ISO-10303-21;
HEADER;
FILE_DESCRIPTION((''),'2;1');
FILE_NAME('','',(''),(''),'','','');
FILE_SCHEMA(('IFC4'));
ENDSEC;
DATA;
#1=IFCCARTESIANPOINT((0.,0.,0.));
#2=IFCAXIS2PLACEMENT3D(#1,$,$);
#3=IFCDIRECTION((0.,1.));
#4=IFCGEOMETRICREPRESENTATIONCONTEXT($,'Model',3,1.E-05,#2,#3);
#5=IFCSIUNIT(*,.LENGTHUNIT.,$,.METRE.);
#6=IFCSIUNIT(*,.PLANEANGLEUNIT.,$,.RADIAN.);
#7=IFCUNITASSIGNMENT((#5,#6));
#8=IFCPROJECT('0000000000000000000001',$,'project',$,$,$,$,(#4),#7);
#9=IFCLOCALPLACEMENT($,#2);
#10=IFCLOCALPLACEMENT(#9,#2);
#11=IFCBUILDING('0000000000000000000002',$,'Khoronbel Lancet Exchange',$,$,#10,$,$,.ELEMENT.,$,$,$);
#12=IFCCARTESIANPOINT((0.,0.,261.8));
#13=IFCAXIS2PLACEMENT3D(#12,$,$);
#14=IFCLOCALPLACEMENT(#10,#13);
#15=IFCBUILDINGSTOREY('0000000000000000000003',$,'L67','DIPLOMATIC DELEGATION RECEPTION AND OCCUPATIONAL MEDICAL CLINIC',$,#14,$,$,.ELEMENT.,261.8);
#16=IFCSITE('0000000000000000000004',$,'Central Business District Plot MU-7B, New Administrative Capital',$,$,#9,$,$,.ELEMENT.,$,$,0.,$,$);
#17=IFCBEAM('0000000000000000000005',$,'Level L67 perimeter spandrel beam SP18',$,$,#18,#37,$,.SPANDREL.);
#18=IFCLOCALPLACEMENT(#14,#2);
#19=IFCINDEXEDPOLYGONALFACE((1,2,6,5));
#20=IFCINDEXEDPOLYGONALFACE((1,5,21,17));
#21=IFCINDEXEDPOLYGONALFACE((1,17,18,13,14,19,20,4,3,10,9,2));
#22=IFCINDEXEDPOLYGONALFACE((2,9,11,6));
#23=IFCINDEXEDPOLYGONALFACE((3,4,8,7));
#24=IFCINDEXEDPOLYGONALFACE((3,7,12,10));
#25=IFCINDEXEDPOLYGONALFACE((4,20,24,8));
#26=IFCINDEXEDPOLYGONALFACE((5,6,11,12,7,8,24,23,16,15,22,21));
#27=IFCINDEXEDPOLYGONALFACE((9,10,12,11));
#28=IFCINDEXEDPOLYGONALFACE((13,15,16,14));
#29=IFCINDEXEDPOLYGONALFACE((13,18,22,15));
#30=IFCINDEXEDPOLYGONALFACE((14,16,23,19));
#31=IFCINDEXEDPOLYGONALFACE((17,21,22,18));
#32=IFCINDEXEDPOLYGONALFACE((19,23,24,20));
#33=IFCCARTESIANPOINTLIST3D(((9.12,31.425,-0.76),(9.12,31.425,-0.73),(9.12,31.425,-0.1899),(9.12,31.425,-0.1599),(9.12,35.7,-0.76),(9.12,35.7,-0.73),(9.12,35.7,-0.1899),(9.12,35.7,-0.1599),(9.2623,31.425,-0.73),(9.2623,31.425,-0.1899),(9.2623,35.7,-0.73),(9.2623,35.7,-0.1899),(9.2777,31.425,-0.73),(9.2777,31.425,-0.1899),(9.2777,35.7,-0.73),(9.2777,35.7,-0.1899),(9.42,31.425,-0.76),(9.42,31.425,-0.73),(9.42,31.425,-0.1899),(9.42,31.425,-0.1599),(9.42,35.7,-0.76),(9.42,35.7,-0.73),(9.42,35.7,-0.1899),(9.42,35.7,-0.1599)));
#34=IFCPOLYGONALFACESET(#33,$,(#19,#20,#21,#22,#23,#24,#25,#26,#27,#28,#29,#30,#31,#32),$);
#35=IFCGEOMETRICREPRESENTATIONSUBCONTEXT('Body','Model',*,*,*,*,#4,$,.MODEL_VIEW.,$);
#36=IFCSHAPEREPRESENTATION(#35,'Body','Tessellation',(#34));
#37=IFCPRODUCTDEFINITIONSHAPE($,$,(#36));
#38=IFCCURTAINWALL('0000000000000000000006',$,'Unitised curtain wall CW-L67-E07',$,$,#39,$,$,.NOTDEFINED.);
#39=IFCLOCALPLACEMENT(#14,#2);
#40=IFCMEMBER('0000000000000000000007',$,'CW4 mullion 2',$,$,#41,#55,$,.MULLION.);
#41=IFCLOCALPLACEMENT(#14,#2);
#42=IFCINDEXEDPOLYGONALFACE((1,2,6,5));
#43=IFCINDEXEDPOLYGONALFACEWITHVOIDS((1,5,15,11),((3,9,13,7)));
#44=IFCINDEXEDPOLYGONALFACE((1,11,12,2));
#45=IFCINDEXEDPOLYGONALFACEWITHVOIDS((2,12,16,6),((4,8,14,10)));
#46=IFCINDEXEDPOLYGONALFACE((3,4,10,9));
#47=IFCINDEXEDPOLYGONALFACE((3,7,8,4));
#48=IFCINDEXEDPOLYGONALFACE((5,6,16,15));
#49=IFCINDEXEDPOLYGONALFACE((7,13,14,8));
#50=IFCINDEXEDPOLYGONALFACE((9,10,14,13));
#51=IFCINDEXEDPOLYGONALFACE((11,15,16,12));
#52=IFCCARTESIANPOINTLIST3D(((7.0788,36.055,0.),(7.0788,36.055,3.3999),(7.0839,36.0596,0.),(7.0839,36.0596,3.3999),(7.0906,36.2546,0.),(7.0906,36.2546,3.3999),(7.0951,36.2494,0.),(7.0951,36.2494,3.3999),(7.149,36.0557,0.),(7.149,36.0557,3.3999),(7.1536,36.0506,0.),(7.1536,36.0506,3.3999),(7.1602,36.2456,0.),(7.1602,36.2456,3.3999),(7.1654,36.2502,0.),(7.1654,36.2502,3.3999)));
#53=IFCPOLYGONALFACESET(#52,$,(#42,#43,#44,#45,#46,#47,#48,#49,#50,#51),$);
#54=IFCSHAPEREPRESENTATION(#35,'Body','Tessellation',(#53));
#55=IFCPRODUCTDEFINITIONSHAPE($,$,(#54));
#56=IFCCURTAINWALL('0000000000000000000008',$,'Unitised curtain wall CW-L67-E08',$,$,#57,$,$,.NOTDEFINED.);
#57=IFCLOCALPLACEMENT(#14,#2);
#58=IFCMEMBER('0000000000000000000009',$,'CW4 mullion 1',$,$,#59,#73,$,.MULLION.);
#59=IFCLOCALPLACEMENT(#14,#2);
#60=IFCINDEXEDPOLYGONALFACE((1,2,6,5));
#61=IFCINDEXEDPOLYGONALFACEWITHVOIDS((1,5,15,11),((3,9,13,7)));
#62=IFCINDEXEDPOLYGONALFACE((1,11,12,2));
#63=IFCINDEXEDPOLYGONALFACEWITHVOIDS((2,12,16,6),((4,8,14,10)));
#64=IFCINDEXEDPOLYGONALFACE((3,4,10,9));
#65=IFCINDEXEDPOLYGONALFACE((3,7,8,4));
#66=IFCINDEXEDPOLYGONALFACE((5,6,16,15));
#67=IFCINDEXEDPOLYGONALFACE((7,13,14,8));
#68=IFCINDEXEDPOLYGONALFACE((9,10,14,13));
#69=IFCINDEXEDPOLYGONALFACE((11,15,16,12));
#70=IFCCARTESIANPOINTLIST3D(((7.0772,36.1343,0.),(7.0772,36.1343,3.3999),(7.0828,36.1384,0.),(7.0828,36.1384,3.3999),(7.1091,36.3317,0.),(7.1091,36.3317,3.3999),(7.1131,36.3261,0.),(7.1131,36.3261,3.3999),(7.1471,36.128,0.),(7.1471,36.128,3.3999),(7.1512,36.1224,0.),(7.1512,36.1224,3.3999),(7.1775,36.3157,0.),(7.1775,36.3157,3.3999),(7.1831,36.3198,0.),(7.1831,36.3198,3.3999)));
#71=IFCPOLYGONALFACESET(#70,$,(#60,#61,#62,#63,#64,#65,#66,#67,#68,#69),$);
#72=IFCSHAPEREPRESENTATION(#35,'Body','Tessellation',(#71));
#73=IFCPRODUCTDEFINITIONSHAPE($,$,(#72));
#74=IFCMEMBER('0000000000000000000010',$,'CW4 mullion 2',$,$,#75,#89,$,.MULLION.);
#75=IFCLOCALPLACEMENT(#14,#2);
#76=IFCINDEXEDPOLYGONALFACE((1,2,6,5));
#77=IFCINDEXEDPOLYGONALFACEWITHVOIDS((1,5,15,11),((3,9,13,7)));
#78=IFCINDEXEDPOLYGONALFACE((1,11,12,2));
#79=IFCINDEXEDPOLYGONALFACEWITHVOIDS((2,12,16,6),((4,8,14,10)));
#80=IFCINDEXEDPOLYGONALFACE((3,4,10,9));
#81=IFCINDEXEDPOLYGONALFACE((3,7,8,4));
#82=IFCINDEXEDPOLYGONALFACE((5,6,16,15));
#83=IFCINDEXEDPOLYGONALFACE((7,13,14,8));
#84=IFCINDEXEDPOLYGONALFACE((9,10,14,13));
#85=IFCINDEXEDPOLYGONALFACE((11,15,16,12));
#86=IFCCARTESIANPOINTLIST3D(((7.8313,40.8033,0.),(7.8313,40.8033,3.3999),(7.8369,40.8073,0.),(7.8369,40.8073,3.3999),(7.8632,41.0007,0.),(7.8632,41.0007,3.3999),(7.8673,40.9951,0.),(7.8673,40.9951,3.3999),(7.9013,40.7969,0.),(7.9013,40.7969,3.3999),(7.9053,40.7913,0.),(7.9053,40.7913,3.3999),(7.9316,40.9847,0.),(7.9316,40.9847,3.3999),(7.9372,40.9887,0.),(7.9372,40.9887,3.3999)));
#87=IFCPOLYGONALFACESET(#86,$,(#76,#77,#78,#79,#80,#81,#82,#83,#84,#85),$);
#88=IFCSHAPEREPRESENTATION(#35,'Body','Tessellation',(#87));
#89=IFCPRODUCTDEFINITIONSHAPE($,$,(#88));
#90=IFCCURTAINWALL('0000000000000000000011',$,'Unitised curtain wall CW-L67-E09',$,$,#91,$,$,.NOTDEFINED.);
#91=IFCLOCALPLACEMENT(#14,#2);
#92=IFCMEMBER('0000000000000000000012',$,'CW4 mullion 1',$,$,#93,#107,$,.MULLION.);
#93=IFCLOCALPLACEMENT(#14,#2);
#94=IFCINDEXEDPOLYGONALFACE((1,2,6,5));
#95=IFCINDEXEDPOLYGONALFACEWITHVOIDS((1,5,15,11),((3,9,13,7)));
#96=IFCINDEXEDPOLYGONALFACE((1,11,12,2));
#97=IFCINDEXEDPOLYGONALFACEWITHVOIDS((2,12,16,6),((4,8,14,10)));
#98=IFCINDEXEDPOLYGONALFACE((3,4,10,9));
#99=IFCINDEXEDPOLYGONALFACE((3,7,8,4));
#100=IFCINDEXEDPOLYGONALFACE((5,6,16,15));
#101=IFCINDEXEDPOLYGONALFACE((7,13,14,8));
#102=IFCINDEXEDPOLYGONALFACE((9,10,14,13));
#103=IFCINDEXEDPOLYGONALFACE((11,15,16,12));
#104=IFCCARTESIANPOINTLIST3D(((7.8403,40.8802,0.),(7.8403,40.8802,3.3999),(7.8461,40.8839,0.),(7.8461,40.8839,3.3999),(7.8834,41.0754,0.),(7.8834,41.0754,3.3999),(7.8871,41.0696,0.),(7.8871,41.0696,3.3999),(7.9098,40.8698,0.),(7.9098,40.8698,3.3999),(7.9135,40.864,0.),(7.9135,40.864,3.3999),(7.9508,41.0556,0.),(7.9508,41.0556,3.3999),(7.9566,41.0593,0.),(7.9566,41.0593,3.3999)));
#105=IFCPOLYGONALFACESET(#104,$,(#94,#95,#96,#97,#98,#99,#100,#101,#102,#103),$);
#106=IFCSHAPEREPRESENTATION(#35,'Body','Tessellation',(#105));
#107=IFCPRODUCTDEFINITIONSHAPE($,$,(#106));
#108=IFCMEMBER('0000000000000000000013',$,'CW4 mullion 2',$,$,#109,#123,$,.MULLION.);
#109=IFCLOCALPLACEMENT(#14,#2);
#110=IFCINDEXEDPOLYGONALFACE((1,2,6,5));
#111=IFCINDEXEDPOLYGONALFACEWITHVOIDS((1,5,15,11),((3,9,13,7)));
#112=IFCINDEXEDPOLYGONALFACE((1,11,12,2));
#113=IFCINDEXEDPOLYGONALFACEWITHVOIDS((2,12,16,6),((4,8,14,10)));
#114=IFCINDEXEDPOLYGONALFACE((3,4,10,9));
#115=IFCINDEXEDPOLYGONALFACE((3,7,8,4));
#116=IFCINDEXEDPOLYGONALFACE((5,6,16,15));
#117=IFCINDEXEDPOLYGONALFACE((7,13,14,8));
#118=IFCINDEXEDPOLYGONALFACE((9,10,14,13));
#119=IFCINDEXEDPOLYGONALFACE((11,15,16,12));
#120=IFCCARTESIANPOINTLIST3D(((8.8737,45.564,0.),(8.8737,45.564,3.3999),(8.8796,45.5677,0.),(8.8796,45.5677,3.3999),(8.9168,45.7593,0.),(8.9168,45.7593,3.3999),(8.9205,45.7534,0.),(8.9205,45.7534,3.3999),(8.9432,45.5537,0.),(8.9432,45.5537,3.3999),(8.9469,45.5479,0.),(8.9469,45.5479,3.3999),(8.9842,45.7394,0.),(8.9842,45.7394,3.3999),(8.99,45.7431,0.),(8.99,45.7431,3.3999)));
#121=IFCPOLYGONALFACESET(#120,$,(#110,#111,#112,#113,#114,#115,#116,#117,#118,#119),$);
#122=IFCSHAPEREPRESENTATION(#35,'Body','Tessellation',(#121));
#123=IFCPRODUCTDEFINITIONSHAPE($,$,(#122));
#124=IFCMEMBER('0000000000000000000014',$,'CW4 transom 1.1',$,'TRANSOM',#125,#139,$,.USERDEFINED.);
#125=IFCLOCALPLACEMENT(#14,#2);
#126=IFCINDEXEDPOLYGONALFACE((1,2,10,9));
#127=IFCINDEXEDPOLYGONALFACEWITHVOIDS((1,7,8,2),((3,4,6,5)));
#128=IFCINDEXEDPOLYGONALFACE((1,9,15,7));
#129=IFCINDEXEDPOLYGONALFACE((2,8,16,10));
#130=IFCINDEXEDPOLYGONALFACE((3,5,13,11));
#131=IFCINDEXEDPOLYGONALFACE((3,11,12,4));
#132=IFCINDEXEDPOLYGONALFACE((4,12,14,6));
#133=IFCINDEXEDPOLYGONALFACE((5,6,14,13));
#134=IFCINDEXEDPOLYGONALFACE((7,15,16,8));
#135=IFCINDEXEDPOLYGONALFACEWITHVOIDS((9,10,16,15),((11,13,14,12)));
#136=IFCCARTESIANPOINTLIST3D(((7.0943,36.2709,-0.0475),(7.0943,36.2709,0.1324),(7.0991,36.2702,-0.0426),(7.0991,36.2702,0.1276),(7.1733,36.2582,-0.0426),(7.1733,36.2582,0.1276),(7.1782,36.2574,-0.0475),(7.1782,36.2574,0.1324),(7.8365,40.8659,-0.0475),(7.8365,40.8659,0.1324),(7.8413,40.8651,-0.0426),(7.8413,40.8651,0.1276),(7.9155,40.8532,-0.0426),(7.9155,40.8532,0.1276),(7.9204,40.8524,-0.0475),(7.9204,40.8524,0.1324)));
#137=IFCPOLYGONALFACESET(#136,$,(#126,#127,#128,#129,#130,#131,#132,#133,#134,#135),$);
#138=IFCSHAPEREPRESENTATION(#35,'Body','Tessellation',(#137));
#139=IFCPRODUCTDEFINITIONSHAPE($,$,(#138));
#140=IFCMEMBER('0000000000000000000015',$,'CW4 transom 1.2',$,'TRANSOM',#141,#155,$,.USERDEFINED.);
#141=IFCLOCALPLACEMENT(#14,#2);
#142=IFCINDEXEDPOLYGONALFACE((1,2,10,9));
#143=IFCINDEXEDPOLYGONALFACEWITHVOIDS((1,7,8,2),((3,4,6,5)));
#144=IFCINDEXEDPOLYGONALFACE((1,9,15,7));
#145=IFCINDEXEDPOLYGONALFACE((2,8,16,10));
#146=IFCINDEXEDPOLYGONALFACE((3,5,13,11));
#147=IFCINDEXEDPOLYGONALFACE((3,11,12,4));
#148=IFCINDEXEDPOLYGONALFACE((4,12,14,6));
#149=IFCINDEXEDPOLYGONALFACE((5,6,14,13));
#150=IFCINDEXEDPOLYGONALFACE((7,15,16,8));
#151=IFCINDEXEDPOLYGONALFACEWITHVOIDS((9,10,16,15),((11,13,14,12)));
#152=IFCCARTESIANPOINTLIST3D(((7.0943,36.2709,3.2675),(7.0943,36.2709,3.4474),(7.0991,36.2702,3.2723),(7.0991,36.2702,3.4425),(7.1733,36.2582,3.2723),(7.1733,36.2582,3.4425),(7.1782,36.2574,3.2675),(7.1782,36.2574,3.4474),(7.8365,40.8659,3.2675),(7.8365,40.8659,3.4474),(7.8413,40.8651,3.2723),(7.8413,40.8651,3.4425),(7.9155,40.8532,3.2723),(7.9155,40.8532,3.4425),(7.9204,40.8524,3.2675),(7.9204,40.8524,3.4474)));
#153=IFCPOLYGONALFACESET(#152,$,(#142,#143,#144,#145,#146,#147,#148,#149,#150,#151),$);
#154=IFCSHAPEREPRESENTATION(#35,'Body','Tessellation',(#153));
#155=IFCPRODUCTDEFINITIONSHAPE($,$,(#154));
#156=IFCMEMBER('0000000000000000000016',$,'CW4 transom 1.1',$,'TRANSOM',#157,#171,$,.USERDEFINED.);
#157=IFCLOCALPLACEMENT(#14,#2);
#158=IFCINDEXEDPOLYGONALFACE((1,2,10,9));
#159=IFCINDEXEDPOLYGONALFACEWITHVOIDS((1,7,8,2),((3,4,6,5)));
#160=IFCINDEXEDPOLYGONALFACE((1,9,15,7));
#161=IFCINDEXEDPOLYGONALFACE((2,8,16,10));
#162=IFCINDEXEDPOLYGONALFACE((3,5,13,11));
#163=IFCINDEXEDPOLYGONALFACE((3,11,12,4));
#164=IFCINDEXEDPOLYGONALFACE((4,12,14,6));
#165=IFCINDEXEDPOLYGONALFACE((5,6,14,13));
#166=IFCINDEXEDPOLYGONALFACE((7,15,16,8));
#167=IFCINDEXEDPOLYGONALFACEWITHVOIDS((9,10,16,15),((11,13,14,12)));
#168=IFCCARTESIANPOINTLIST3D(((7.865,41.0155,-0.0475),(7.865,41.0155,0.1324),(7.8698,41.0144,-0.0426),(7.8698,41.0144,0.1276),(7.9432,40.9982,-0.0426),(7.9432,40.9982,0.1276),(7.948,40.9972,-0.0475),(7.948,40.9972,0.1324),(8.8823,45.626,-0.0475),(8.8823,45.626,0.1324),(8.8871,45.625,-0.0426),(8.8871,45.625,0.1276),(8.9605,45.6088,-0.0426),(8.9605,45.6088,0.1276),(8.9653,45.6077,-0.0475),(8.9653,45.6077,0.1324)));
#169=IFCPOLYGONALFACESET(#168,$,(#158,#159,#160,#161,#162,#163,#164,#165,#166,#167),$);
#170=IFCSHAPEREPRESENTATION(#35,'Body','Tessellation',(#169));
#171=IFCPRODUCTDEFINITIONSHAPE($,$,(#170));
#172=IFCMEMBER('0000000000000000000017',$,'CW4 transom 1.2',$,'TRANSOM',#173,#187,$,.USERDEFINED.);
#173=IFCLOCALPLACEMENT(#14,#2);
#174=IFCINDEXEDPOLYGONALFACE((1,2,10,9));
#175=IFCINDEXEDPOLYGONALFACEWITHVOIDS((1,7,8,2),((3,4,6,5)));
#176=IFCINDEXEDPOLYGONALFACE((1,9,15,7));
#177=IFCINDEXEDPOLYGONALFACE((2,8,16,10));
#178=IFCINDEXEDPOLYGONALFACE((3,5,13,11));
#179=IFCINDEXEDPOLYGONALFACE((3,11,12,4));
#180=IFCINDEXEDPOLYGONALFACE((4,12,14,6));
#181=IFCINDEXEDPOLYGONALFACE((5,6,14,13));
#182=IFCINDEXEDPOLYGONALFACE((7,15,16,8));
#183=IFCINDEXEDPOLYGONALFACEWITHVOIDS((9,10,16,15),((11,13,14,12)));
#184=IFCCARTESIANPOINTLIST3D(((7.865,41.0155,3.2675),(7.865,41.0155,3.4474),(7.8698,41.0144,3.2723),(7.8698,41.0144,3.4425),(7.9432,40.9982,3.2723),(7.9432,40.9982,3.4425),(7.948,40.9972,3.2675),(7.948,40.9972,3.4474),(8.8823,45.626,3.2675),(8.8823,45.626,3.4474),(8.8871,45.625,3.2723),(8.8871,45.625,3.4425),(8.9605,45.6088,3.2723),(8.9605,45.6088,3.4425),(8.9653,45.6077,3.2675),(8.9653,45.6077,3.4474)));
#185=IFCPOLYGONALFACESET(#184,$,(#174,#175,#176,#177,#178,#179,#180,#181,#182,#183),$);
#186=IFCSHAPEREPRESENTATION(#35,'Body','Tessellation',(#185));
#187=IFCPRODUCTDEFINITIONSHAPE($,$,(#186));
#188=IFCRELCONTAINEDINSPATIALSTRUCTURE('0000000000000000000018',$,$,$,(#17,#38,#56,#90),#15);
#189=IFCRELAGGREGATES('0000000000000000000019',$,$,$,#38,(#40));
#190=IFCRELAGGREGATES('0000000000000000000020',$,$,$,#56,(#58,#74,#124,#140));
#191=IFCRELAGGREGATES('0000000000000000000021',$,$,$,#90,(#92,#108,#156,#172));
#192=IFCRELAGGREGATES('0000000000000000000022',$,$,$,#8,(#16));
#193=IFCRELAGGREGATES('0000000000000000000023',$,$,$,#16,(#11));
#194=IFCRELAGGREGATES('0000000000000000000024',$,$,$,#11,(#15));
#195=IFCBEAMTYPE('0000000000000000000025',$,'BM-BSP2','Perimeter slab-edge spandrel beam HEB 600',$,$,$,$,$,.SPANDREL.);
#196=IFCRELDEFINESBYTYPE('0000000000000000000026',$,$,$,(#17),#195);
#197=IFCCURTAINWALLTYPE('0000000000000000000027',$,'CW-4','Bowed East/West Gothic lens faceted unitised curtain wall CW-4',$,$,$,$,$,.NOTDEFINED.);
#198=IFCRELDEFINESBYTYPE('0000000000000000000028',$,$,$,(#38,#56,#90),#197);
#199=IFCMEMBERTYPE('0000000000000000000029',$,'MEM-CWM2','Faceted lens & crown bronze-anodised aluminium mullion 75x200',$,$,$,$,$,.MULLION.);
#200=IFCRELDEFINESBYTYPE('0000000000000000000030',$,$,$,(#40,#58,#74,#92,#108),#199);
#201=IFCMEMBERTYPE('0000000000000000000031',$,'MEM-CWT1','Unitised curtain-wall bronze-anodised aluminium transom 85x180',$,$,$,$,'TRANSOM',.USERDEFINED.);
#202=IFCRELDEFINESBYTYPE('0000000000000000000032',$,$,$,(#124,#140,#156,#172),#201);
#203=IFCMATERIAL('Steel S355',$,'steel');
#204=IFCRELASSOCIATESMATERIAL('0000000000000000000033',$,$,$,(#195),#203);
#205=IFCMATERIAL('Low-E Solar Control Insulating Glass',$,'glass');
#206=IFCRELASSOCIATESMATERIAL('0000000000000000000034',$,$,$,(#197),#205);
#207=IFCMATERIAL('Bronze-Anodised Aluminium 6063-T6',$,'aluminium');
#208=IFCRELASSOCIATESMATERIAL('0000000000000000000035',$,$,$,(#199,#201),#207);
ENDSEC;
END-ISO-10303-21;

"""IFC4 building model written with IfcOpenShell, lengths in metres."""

from ifc_helpers import new_model, si_unit, direction, frame, origin, origin_2d, place, context, subcontext, project, spatial, hollow_rectangle, i_section, extrude, material, material_profile, profile_set, type_object, element, aggregate, save


model = new_model("IFC4")

# Units and contexts
model_context = context("Model", 3, precision=1e-05, world=origin(), true_north=direction((0.0, 1.0)))
body_context = subcontext(model_context, "Body", "Model", "MODEL_VIEW")
ifc_project = project(units=[si_unit("LENGTHUNIT", "METRE"), si_unit("PLANEANGLEUNIT", "RADIAN")], contexts=[model_context])

# Site, building, storey
site_placement = place(None, origin())
site = spatial("IfcSite", under=ifc_project, at=site_placement, Name="Central Business District Plot MU-7B, New Administrative Capital", CompositionType="ELEMENT", RefElevation=0.0)
building_placement = place(site_placement, origin())
building = spatial("IfcBuilding", under=site, at=building_placement, Name="Khoronbel Lancet Exchange", CompositionType="ELEMENT")
storey_placement = place(building_placement, frame((0.0, 0.0, 261.8)))
storey = spatial("IfcBuildingStorey", under=building, at=storey_placement, Name="L67", Description="DIPLOMATIC DELEGATION RECEPTION AND OCCUPATIONAL MEDICAL CLINIC", CompositionType="ELEMENT", Elevation=261.8)

# Shared definitions
ifc_material_1 = material(Name="Steel S355", Category="steel")

# Beam
ifc_material_profile_1 = material_profile(ifc_material_1, i_section(OverallWidth=0.3, OverallDepth=0.6001, WebThickness=0.0154, FlangeThickness=0.03, at=origin_2d()), Name="HEB 600")
ifc_profile_set_1 = profile_set([ifc_material_profile_1], Name="Steel S355")
beam_type_1 = type_object("IfcBeamType", Name="BM-BSP2", Description="Perimeter slab-edge spandrel beam HEB 600", PredefinedType="SPANDREL", material=ifc_profile_set_1)
beam_1_placement = place(storey_placement, frame((9.27, 35.7, -0.46), z_axis=(0.0, -1.0, 0.0), x_axis=(1.0, 0.0, 0.0)))
element("IfcBeam", 1, at=beam_1_placement, inside=storey, type_object=beam_type_1, Name="Level L67 perimeter spandrel beam SP18", PredefinedType="SPANDREL", context=body_context, shape_type="SweptSolid", body=[
    extrude(i_section(OverallWidth=0.3, OverallDepth=0.6001, WebThickness=0.0154, FlangeThickness=0.03, at=origin_2d()), origin(), (0.0, 0.0, 1.0), 4.2749),
])

# Curtain wall, member
ifc_material_2 = material(Name="Low-E Solar Control Insulating Glass", Category="glass")
curtain_wall_type = type_object("IfcCurtainWallType", Name="CW-4", Description="Bowed East/West Gothic lens faceted unitised curtain wall CW-4", PredefinedType="NOTDEFINED", material=ifc_material_2)
curtain_wall_1_placement = place(storey_placement, origin())
curtain_wall_1 = element("IfcCurtainWall", 2, at=curtain_wall_1_placement, inside=storey, type_object=curtain_wall_type, Name="Unitised curtain wall CW-L67-E07", PredefinedType="NOTDEFINED")
ifc_material_3 = material(Name="Bronze-Anodised Aluminium 6063-T6", Category="aluminium")
ifc_material_profile_2 = material_profile(ifc_material_3, hollow_rectangle(XDim=0.075, YDim=0.2, WallThickness=0.0049, at=origin_2d()), Name="ALU MULLION 75x200")
ifc_profile_set_2 = profile_set([ifc_material_profile_2], Name="Bronze-Anodised Aluminium 6063-T6")
member_type_1 = type_object("IfcMemberType", Name="MEM-CWM2", Description="Faceted lens & crown bronze-anodised aluminium mullion 75x200", PredefinedType="MULLION", material=ifc_profile_set_2)
member_1_placement = place(storey_placement, frame((7.1221, 36.1526, 0.0), z_axis=(0.0, 0.0, 1.0), x_axis=(-0.998257, 0.05901, 0.0)))
member_1 = element("IfcMember", 3, at=member_1_placement, type_object=member_type_1, Name="CW4 mullion 2", PredefinedType="MULLION", context=body_context, shape_type="SweptSolid", body=[
    extrude(hollow_rectangle(XDim=0.075, YDim=0.2, WallThickness=0.0049, at=origin_2d()), origin(), (0.0, 0.0, 1.0), 3.3999),
])
aggregate(curtain_wall_1, [member_1])

# Curtain walls, members
curtain_wall_2_placement = place(storey_placement, origin())
curtain_wall_2 = element("IfcCurtainWall", 4, at=curtain_wall_2_placement, inside=storey, type_object=curtain_wall_type, Name="Unitised curtain wall CW-L67-E08", PredefinedType="NOTDEFINED")
member_2_placement = place(storey_placement, frame((7.1301, 36.2271, 0.0), z_axis=(0.0, 0.0, 1.0), x_axis=(-0.987205, 0.159456, 0.0)))
member_2 = element("IfcMember", 5, at=member_2_placement, type_object=member_type_1, Name="CW4 mullion 1", PredefinedType="MULLION", context=body_context, shape_type="SweptSolid", body=[
    extrude(hollow_rectangle(XDim=0.075, YDim=0.2, WallThickness=0.0049, at=origin_2d()), origin(), (0.0, 0.0, 1.0), 3.3999),
])
member_3_placement = place(storey_placement, frame((7.8843, 40.896, 0.0), z_axis=(0.0, 0.0, 1.0), x_axis=(-0.987205, 0.159456, 0.0)))
member_3 = element("IfcMember", 6, at=member_3_placement, type_object=member_type_1, Name="CW4 mullion 2", PredefinedType="MULLION", context=body_context, shape_type="SweptSolid", body=[
    extrude(hollow_rectangle(XDim=0.075, YDim=0.2, WallThickness=0.0049, at=origin_2d()), origin(), (0.0, 0.0, 1.0), 3.3999),
])
curtain_wall_3_placement = place(storey_placement, origin())
curtain_wall_3 = element("IfcCurtainWall", 7, at=curtain_wall_3_placement, inside=storey, type_object=curtain_wall_type, Name="Unitised curtain wall CW-L67-E09", PredefinedType="NOTDEFINED")
member_4_placement = place(storey_placement, frame((7.8984, 40.9697, 0.0), z_axis=(0.0, 0.0, 1.0), x_axis=(-0.976509, 0.215476, 0.0)))
member_4 = element("IfcMember", 8, at=member_4_placement, type_object=member_type_1, Name="CW4 mullion 1", PredefinedType="MULLION", context=body_context, shape_type="SweptSolid", body=[
    extrude(hollow_rectangle(XDim=0.075, YDim=0.2, WallThickness=0.0049, at=origin_2d()), origin(), (0.0, 0.0, 1.0), 3.3999),
])
member_5_placement = place(storey_placement, frame((8.9319, 45.6536, 0.0), z_axis=(0.0, 0.0, 1.0), x_axis=(-0.976509, 0.215476, 0.0)))
member_5 = element("IfcMember", 9, at=member_5_placement, type_object=member_type_1, Name="CW4 mullion 2", PredefinedType="MULLION", context=body_context, shape_type="SweptSolid", body=[
    extrude(hollow_rectangle(XDim=0.075, YDim=0.2, WallThickness=0.0049, at=origin_2d()), origin(), (0.0, 0.0, 1.0), 3.3999),
])

# Members
ifc_material_profile_3 = material_profile(ifc_material_3, hollow_rectangle(XDim=0.085, YDim=0.1799, WallThickness=0.0049, at=origin_2d()), Name="ALU TRANSOM 85x180")
ifc_profile_set_3 = profile_set([ifc_material_profile_3], Name="Bronze-Anodised Aluminium 6063-T6")
member_type_2 = type_object("IfcMemberType", Name="MEM-CWT1", Description="Unitised curtain-wall bronze-anodised aluminium transom 85x180", ElementType="TRANSOM", PredefinedType="USERDEFINED", material=ifc_profile_set_3)
member_6_placement = place(storey_placement, frame((7.1362, 36.2642, 0.0425), z_axis=(0.159455, 0.987205, 0.0), x_axis=(-0.987205, 0.159455, 0.0)))
member_6 = element("IfcMember", 10, at=member_6_placement, type_object=member_type_2, Name="CW4 transom 1.1", ObjectType="TRANSOM", PredefinedType="USERDEFINED", context=body_context, shape_type="SweptSolid", body=[
    extrude(hollow_rectangle(XDim=0.085, YDim=0.1799, WallThickness=0.0049, at=origin_2d()), origin(), (0.0, 0.0, 1.0), 4.6545),
])
member_7_placement = place(storey_placement, frame((7.1362, 36.2642, 3.3574), z_axis=(0.159455, 0.987205, 0.0), x_axis=(-0.987205, 0.159455, 0.0)))
member_7 = element("IfcMember", 11, at=member_7_placement, type_object=member_type_2, Name="CW4 transom 1.2", ObjectType="TRANSOM", PredefinedType="USERDEFINED", context=body_context, shape_type="SweptSolid", body=[
    extrude(hollow_rectangle(XDim=0.085, YDim=0.1799, WallThickness=0.0049, at=origin_2d()), origin(), (0.0, 0.0, 1.0), 4.6545),
])
member_8_placement = place(storey_placement, frame((7.9065, 41.0063, 0.0425), z_axis=(0.215468, 0.976511, 0.0), x_axis=(-0.976511, 0.215468, 0.0)))
member_8 = element("IfcMember", 12, at=member_8_placement, type_object=member_type_2, Name="CW4 transom 1.1", ObjectType="TRANSOM", PredefinedType="USERDEFINED", context=body_context, shape_type="SweptSolid", body=[
    extrude(hollow_rectangle(XDim=0.085, YDim=0.1799, WallThickness=0.0049, at=origin_2d()), origin(), (0.0, 0.0, 1.0), 4.7214),
])
member_9_placement = place(storey_placement, frame((7.9065, 41.0063, 3.3574), z_axis=(0.215468, 0.976511, 0.0), x_axis=(-0.976511, 0.215468, 0.0)))
member_9 = element("IfcMember", 13, at=member_9_placement, type_object=member_type_2, Name="CW4 transom 1.2", ObjectType="TRANSOM", PredefinedType="USERDEFINED", context=body_context, shape_type="SweptSolid", body=[
    extrude(hollow_rectangle(XDim=0.085, YDim=0.1799, WallThickness=0.0049, at=origin_2d()), origin(), (0.0, 0.0, 1.0), 4.7214),
])

aggregate(curtain_wall_2, [member_2, member_3, member_6, member_7])
aggregate(curtain_wall_3, [member_4, member_5, member_8, member_9])

save(model, "model.ifc")
